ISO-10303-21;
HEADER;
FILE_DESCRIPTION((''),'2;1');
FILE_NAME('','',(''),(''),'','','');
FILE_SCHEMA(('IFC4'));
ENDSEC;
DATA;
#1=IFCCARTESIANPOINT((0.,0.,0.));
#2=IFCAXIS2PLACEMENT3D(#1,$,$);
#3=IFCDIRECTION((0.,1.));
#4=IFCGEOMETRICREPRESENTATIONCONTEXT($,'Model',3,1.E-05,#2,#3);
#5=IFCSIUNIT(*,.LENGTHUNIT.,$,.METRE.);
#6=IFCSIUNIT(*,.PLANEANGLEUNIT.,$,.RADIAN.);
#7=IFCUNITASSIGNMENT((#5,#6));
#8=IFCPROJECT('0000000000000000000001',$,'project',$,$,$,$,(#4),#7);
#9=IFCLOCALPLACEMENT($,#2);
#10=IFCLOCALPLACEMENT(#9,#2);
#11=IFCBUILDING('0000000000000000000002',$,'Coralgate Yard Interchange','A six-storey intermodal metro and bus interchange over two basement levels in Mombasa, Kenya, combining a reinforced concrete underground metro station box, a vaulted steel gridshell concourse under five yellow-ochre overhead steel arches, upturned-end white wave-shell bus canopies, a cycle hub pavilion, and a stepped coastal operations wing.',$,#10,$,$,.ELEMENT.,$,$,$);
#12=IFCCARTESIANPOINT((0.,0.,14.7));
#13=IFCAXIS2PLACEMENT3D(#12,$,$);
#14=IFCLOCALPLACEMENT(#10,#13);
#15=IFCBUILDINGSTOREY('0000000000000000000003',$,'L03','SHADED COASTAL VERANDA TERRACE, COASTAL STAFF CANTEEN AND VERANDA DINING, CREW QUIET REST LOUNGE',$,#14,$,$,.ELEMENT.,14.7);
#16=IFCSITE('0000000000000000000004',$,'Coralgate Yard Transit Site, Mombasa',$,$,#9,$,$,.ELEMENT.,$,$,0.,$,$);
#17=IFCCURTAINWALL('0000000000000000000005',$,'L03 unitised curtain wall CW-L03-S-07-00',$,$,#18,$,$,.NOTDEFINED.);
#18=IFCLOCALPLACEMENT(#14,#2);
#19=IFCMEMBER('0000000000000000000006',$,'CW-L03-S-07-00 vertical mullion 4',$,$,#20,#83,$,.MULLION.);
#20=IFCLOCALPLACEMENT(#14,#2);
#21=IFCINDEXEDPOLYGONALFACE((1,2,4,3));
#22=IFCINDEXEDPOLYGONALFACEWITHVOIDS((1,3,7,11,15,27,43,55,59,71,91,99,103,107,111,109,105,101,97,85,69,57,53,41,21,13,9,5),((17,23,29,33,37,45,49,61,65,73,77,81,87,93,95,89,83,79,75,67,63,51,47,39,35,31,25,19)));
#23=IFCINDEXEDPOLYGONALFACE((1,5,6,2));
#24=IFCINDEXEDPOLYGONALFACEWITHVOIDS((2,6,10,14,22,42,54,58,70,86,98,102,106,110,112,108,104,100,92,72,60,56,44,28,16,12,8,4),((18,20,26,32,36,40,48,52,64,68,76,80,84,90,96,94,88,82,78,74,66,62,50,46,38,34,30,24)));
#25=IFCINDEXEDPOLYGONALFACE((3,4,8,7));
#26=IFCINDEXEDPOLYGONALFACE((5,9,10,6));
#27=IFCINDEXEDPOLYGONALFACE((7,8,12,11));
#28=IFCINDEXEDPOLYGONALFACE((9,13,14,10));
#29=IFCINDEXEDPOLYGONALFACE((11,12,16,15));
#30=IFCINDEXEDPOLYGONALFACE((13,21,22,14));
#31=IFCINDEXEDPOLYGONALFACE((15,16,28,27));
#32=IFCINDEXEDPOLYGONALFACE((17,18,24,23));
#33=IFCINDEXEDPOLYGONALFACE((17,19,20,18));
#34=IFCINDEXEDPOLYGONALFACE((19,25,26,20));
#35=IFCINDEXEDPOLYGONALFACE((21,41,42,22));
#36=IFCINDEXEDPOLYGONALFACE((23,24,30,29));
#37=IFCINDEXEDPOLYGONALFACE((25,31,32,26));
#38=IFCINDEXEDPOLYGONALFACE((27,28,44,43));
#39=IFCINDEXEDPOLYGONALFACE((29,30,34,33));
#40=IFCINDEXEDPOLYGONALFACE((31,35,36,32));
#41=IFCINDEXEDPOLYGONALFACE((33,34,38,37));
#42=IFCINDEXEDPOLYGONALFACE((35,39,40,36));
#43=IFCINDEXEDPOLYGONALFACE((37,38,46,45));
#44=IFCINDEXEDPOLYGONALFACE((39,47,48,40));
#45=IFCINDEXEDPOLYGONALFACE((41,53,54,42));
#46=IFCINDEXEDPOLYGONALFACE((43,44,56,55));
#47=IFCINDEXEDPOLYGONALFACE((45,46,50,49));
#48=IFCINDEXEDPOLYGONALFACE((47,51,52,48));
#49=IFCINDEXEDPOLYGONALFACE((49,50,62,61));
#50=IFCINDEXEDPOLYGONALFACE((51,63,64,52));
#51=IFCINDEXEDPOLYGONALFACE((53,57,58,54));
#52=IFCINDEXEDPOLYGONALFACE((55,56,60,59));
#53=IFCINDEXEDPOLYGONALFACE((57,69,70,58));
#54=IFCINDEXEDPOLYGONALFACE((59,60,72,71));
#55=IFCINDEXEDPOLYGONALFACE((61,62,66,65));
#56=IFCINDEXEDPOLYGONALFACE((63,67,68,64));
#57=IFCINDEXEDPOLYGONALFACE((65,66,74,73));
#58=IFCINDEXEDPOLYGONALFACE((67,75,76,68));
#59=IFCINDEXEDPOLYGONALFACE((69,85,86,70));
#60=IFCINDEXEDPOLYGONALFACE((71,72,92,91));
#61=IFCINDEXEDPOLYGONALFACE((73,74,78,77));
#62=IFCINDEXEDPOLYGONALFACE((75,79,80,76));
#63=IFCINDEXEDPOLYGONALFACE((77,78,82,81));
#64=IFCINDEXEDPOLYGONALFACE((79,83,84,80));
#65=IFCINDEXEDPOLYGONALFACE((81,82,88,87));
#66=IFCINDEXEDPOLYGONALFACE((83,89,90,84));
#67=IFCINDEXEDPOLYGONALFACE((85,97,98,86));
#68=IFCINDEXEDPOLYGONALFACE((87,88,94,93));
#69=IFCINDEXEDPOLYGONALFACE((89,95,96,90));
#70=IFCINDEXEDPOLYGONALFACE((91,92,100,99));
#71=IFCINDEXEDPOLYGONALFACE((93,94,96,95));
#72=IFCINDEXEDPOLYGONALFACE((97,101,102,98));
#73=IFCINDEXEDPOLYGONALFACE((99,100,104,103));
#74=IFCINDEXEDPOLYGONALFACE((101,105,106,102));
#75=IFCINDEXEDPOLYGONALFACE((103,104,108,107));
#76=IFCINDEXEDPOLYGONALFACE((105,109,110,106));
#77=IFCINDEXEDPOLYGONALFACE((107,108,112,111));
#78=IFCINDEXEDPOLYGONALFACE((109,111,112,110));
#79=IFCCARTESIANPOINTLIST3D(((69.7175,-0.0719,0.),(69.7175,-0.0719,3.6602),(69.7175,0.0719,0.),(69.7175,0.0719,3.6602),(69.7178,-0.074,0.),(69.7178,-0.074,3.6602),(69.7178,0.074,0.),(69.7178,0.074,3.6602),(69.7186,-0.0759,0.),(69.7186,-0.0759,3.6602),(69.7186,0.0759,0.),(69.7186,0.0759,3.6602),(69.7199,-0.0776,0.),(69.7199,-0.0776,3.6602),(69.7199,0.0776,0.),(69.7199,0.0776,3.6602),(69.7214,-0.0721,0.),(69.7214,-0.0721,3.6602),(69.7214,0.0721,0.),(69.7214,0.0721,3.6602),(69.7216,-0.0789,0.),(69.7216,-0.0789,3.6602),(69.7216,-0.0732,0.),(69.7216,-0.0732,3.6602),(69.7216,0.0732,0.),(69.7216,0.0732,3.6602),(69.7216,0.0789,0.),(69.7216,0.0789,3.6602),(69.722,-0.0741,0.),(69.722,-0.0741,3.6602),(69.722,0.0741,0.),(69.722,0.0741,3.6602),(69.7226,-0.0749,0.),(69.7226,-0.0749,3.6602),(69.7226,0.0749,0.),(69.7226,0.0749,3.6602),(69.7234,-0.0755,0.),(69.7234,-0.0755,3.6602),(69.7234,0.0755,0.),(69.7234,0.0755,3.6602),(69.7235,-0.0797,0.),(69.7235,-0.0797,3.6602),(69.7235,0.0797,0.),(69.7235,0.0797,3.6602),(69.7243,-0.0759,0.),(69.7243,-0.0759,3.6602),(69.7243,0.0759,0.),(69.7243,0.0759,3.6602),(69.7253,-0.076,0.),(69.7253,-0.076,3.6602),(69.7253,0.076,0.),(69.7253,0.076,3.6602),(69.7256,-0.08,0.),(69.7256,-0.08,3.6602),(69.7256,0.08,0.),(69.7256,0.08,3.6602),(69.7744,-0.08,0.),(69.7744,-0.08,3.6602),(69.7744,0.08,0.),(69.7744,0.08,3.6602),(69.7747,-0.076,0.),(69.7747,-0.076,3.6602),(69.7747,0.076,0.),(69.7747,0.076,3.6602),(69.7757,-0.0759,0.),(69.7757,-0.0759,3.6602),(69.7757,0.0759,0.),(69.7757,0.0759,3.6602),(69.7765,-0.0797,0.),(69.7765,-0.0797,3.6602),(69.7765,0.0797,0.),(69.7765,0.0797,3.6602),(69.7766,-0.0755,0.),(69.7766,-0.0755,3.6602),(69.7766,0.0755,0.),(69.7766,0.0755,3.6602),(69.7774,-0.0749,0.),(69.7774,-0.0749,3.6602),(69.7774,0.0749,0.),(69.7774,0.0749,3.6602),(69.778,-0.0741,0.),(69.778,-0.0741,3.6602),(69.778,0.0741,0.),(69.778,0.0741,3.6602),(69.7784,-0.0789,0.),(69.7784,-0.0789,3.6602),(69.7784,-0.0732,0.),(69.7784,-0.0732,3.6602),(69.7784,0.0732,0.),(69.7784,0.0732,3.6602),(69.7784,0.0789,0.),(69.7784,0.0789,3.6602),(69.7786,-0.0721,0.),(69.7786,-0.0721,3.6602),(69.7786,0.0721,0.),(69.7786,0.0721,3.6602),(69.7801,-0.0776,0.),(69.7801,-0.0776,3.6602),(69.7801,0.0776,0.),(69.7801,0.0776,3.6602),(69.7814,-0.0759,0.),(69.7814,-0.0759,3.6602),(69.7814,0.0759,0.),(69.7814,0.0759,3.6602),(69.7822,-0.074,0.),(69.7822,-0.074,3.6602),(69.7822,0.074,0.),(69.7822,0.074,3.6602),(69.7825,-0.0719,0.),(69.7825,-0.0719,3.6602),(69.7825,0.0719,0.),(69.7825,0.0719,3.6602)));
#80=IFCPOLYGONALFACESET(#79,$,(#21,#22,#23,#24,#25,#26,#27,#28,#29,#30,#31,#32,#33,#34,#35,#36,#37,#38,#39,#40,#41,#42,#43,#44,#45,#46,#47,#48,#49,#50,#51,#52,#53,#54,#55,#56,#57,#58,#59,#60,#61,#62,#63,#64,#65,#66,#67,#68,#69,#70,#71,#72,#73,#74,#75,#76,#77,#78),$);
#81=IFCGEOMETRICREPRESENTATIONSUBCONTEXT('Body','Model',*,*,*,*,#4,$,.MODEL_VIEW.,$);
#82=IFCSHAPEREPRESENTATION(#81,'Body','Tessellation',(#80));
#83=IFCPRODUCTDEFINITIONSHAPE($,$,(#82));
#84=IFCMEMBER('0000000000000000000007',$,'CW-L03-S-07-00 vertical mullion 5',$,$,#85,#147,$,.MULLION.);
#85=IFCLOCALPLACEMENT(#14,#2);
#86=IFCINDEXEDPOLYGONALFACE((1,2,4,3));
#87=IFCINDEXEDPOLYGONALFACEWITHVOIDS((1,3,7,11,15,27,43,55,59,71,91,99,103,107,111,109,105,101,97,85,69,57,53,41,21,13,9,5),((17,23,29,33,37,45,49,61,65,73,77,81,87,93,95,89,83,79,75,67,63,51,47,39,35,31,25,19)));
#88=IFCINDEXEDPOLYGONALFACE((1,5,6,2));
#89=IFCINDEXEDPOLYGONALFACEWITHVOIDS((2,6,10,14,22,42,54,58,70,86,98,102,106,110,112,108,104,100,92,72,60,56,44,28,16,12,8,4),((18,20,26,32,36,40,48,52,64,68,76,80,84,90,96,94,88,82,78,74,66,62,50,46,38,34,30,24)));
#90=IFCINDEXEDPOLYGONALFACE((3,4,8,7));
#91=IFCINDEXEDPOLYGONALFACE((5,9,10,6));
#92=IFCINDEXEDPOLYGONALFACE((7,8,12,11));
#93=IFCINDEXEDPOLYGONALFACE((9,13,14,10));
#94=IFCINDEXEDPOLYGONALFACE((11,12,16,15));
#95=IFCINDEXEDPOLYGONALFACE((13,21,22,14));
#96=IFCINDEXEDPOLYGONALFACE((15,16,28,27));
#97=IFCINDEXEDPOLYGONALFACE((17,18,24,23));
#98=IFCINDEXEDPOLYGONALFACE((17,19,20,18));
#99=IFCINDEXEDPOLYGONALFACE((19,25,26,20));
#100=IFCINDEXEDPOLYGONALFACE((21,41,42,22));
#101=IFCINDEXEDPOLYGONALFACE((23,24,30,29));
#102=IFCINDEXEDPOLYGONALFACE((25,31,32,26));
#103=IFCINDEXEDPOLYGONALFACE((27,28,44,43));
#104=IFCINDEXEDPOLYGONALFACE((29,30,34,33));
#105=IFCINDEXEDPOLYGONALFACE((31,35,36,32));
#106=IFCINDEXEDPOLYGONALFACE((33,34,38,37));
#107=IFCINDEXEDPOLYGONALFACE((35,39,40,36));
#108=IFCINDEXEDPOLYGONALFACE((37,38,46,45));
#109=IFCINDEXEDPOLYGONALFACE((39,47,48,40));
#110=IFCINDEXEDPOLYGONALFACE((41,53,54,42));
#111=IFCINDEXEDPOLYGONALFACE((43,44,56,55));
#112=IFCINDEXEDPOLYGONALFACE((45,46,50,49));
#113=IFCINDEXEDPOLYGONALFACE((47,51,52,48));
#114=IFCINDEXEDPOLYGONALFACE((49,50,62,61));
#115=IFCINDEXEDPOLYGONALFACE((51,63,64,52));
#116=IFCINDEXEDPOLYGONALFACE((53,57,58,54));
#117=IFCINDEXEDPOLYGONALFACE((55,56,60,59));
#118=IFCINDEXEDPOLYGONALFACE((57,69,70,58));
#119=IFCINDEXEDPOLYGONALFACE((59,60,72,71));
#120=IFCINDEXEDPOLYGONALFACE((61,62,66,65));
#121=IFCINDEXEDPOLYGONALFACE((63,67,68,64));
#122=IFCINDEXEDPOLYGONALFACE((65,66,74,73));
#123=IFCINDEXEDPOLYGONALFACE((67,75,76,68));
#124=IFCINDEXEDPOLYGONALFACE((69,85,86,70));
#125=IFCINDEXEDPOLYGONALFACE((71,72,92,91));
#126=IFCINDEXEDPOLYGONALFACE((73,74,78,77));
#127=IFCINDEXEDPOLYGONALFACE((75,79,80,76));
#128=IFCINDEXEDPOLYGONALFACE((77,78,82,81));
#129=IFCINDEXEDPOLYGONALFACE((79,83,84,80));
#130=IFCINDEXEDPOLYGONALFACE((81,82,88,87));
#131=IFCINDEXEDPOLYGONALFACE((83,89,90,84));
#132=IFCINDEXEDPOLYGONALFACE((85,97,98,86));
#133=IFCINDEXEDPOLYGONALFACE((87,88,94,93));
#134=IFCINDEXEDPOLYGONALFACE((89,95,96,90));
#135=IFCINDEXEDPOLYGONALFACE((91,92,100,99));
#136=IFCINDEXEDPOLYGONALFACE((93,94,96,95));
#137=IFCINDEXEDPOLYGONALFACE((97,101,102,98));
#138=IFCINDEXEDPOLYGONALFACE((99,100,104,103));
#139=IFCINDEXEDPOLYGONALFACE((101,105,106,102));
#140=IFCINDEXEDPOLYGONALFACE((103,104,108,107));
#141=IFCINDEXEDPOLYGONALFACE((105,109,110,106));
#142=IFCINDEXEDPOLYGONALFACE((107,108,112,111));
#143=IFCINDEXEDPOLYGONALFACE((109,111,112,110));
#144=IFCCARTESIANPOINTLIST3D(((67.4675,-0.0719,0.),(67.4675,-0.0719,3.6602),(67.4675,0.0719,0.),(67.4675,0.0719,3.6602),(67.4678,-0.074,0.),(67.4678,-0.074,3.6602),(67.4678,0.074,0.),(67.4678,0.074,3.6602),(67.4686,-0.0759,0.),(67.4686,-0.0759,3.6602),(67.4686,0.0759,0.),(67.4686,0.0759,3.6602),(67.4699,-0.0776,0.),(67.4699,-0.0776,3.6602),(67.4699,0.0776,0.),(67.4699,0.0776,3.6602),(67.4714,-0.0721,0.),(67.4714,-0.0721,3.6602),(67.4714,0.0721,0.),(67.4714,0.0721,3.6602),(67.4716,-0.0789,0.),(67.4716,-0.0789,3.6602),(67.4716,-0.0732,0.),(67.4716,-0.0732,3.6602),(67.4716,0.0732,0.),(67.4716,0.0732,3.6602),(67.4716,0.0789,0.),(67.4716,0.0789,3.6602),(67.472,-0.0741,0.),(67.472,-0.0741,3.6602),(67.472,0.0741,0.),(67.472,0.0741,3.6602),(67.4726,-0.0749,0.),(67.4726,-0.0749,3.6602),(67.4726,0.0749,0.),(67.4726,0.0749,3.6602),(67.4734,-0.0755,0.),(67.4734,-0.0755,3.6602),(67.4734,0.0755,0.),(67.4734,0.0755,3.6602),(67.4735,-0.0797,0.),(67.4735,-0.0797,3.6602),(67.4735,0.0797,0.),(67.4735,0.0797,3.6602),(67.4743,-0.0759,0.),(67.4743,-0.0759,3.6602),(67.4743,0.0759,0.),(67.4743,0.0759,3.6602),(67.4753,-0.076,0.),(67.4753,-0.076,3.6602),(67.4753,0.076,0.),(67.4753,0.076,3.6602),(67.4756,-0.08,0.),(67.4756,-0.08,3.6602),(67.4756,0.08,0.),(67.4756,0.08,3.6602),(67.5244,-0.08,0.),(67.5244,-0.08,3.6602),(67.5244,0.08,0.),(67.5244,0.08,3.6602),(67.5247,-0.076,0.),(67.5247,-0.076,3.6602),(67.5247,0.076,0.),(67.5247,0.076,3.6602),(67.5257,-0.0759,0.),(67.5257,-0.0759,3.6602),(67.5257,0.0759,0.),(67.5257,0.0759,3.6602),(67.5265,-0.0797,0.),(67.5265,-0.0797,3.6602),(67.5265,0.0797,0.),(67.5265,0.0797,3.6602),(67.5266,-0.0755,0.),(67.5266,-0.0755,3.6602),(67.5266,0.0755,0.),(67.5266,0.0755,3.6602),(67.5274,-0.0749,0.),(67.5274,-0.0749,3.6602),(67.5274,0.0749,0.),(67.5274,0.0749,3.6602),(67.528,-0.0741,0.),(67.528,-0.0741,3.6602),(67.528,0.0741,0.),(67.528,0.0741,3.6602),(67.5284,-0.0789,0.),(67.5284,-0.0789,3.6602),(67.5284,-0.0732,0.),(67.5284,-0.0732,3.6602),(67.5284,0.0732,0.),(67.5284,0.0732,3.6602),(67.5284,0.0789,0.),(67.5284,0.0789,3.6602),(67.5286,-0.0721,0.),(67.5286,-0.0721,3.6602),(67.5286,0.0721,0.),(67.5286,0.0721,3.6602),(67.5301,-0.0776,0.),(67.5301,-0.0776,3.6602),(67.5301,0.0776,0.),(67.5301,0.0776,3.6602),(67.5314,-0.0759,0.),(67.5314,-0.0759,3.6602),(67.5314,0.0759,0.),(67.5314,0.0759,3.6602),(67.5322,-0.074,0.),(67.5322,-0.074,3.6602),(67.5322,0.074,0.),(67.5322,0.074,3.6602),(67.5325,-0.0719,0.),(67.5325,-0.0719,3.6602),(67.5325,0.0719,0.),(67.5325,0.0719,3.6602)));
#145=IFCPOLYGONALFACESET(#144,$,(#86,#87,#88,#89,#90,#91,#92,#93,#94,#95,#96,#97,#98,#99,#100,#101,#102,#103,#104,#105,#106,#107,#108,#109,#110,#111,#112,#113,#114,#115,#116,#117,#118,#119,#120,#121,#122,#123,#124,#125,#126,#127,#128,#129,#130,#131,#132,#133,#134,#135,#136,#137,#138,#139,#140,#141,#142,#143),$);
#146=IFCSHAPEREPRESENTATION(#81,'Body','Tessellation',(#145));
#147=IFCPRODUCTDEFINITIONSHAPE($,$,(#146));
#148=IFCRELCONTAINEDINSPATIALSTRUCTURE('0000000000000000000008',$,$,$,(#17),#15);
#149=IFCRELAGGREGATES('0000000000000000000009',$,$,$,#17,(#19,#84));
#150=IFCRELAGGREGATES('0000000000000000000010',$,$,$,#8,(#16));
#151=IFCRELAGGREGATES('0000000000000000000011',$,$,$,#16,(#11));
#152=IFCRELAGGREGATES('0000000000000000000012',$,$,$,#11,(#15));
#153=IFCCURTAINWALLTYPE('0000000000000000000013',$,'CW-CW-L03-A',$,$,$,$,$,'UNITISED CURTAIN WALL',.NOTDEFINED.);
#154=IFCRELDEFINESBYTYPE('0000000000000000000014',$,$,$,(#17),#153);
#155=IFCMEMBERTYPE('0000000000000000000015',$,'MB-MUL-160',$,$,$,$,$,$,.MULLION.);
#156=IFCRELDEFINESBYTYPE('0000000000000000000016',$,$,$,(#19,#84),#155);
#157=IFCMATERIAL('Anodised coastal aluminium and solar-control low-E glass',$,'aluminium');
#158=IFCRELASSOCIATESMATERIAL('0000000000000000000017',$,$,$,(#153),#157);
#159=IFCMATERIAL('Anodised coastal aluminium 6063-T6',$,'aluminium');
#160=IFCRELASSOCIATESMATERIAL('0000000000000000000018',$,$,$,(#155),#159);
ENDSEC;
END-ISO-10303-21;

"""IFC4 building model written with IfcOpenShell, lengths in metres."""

from ifc_helpers import new_model, si_unit, direction, frame, origin, origin_2d, place, context, subcontext, project, spatial, hollow_rectangle, extrude, material, material_profile, profile_set, type_object, element, aggregate, save


model = new_model("IFC4")

# Units and contexts
model_context = context("Model", 3, precision=1e-05, world=origin(), true_north=direction((0.0, 1.0)))
body_context = subcontext(model_context, "Body", "Model", "MODEL_VIEW")
ifc_project = project(units=[si_unit("LENGTHUNIT", "METRE"), si_unit("PLANEANGLEUNIT", "RADIAN")], contexts=[model_context])

# Site, building, storey
site_placement = place(None, origin())
site = spatial("IfcSite", under=ifc_project, at=site_placement, Name="Coralgate Yard Transit Site, Mombasa", CompositionType="ELEMENT", RefElevation=0.0)
building_placement = place(site_placement, origin())
building = spatial("IfcBuilding", under=site, at=building_placement, Name="Coralgate Yard Interchange", Description="A six-storey intermodal metro and bus interchange over two basement levels in Mombasa, Kenya, combining a reinforced concrete underground metro station box, a vaulted steel gridshell concourse under five yellow-ochre overhead steel arches, upturned-end white wave-shell bus canopies, a cycle hub pavilion, and a stepped coastal operations wing.", CompositionType="ELEMENT")
storey_placement = place(building_placement, frame((0.0, 0.0, 14.7)))
storey = spatial("IfcBuildingStorey", under=building, at=storey_placement, Name="L03", Description="SHADED COASTAL VERANDA TERRACE, COASTAL STAFF CANTEEN AND VERANDA DINING, CREW QUIET REST LOUNGE", CompositionType="ELEMENT", Elevation=14.7)

# Curtain wall, members
ifc_material_1 = material(Name="Anodised coastal aluminium and solar-control low-E glass", Category="aluminium")
curtain_wall_type = type_object("IfcCurtainWallType", Name="CW-CW-L03-A", ElementType="UNITISED CURTAIN WALL", PredefinedType="NOTDEFINED", material=ifc_material_1)
curtain_wall_placement = place(storey_placement, origin())
curtain_wall = element("IfcCurtainWall", 1, at=curtain_wall_placement, inside=storey, type_object=curtain_wall_type, Name="L03 unitised curtain wall CW-L03-S-07-00", PredefinedType="NOTDEFINED")
ifc_material_2 = material(Name="Anodised coastal aluminium 6063-T6", Category="aluminium")
ifc_material_profile_1 = material_profile(ifc_material_2, hollow_rectangle(XDim=0.0649, YDim=0.1599, WallThickness=0.0039, InnerFilletRadius=0.0039, OuterFilletRadius=0.0081, at=origin_2d()), Name="ALU 65x160x4")
ifc_profile_set_1 = profile_set([ifc_material_profile_1], Name="Anodised coastal aluminium 6063-T6")
member_type_1 = type_object("IfcMemberType", Name="MB-MUL-160", PredefinedType="MULLION", material=ifc_profile_set_1)
member_1_placement = place(storey_placement, frame((69.75, 0.0, 0.0), z_axis=(0.0, 0.0, 1.0), x_axis=(1.0, 0.0, 0.0)))
member_1 = element("IfcMember", 2, at=member_1_placement, type_object=member_type_1, Name="CW-L03-S-07-00 vertical mullion 4", PredefinedType="MULLION", context=body_context, shape_type="SweptSolid", body=[
    extrude(hollow_rectangle(XDim=0.0649, YDim=0.1599, WallThickness=0.0039, InnerFilletRadius=0.0039, OuterFilletRadius=0.0081, at=origin_2d()), origin(), (0.0, 0.0, 1.0), 3.6602),
])
member_2_placement = place(storey_placement, frame((67.5, 0.0, 0.0), z_axis=(0.0, 0.0, 1.0), x_axis=(1.0, 0.0, 0.0)))
member_2 = element("IfcMember", 3, at=member_2_placement, type_object=member_type_1, Name="CW-L03-S-07-00 vertical mullion 5", PredefinedType="MULLION", context=body_context, shape_type="SweptSolid", body=[
    extrude(hollow_rectangle(XDim=0.0649, YDim=0.1599, WallThickness=0.0039, InnerFilletRadius=0.0039, OuterFilletRadius=0.0081, at=origin_2d()), origin(), (0.0, 0.0, 1.0), 3.6602),
])
aggregate(curtain_wall, [member_1, member_2])

save(model, "model.ifc")
